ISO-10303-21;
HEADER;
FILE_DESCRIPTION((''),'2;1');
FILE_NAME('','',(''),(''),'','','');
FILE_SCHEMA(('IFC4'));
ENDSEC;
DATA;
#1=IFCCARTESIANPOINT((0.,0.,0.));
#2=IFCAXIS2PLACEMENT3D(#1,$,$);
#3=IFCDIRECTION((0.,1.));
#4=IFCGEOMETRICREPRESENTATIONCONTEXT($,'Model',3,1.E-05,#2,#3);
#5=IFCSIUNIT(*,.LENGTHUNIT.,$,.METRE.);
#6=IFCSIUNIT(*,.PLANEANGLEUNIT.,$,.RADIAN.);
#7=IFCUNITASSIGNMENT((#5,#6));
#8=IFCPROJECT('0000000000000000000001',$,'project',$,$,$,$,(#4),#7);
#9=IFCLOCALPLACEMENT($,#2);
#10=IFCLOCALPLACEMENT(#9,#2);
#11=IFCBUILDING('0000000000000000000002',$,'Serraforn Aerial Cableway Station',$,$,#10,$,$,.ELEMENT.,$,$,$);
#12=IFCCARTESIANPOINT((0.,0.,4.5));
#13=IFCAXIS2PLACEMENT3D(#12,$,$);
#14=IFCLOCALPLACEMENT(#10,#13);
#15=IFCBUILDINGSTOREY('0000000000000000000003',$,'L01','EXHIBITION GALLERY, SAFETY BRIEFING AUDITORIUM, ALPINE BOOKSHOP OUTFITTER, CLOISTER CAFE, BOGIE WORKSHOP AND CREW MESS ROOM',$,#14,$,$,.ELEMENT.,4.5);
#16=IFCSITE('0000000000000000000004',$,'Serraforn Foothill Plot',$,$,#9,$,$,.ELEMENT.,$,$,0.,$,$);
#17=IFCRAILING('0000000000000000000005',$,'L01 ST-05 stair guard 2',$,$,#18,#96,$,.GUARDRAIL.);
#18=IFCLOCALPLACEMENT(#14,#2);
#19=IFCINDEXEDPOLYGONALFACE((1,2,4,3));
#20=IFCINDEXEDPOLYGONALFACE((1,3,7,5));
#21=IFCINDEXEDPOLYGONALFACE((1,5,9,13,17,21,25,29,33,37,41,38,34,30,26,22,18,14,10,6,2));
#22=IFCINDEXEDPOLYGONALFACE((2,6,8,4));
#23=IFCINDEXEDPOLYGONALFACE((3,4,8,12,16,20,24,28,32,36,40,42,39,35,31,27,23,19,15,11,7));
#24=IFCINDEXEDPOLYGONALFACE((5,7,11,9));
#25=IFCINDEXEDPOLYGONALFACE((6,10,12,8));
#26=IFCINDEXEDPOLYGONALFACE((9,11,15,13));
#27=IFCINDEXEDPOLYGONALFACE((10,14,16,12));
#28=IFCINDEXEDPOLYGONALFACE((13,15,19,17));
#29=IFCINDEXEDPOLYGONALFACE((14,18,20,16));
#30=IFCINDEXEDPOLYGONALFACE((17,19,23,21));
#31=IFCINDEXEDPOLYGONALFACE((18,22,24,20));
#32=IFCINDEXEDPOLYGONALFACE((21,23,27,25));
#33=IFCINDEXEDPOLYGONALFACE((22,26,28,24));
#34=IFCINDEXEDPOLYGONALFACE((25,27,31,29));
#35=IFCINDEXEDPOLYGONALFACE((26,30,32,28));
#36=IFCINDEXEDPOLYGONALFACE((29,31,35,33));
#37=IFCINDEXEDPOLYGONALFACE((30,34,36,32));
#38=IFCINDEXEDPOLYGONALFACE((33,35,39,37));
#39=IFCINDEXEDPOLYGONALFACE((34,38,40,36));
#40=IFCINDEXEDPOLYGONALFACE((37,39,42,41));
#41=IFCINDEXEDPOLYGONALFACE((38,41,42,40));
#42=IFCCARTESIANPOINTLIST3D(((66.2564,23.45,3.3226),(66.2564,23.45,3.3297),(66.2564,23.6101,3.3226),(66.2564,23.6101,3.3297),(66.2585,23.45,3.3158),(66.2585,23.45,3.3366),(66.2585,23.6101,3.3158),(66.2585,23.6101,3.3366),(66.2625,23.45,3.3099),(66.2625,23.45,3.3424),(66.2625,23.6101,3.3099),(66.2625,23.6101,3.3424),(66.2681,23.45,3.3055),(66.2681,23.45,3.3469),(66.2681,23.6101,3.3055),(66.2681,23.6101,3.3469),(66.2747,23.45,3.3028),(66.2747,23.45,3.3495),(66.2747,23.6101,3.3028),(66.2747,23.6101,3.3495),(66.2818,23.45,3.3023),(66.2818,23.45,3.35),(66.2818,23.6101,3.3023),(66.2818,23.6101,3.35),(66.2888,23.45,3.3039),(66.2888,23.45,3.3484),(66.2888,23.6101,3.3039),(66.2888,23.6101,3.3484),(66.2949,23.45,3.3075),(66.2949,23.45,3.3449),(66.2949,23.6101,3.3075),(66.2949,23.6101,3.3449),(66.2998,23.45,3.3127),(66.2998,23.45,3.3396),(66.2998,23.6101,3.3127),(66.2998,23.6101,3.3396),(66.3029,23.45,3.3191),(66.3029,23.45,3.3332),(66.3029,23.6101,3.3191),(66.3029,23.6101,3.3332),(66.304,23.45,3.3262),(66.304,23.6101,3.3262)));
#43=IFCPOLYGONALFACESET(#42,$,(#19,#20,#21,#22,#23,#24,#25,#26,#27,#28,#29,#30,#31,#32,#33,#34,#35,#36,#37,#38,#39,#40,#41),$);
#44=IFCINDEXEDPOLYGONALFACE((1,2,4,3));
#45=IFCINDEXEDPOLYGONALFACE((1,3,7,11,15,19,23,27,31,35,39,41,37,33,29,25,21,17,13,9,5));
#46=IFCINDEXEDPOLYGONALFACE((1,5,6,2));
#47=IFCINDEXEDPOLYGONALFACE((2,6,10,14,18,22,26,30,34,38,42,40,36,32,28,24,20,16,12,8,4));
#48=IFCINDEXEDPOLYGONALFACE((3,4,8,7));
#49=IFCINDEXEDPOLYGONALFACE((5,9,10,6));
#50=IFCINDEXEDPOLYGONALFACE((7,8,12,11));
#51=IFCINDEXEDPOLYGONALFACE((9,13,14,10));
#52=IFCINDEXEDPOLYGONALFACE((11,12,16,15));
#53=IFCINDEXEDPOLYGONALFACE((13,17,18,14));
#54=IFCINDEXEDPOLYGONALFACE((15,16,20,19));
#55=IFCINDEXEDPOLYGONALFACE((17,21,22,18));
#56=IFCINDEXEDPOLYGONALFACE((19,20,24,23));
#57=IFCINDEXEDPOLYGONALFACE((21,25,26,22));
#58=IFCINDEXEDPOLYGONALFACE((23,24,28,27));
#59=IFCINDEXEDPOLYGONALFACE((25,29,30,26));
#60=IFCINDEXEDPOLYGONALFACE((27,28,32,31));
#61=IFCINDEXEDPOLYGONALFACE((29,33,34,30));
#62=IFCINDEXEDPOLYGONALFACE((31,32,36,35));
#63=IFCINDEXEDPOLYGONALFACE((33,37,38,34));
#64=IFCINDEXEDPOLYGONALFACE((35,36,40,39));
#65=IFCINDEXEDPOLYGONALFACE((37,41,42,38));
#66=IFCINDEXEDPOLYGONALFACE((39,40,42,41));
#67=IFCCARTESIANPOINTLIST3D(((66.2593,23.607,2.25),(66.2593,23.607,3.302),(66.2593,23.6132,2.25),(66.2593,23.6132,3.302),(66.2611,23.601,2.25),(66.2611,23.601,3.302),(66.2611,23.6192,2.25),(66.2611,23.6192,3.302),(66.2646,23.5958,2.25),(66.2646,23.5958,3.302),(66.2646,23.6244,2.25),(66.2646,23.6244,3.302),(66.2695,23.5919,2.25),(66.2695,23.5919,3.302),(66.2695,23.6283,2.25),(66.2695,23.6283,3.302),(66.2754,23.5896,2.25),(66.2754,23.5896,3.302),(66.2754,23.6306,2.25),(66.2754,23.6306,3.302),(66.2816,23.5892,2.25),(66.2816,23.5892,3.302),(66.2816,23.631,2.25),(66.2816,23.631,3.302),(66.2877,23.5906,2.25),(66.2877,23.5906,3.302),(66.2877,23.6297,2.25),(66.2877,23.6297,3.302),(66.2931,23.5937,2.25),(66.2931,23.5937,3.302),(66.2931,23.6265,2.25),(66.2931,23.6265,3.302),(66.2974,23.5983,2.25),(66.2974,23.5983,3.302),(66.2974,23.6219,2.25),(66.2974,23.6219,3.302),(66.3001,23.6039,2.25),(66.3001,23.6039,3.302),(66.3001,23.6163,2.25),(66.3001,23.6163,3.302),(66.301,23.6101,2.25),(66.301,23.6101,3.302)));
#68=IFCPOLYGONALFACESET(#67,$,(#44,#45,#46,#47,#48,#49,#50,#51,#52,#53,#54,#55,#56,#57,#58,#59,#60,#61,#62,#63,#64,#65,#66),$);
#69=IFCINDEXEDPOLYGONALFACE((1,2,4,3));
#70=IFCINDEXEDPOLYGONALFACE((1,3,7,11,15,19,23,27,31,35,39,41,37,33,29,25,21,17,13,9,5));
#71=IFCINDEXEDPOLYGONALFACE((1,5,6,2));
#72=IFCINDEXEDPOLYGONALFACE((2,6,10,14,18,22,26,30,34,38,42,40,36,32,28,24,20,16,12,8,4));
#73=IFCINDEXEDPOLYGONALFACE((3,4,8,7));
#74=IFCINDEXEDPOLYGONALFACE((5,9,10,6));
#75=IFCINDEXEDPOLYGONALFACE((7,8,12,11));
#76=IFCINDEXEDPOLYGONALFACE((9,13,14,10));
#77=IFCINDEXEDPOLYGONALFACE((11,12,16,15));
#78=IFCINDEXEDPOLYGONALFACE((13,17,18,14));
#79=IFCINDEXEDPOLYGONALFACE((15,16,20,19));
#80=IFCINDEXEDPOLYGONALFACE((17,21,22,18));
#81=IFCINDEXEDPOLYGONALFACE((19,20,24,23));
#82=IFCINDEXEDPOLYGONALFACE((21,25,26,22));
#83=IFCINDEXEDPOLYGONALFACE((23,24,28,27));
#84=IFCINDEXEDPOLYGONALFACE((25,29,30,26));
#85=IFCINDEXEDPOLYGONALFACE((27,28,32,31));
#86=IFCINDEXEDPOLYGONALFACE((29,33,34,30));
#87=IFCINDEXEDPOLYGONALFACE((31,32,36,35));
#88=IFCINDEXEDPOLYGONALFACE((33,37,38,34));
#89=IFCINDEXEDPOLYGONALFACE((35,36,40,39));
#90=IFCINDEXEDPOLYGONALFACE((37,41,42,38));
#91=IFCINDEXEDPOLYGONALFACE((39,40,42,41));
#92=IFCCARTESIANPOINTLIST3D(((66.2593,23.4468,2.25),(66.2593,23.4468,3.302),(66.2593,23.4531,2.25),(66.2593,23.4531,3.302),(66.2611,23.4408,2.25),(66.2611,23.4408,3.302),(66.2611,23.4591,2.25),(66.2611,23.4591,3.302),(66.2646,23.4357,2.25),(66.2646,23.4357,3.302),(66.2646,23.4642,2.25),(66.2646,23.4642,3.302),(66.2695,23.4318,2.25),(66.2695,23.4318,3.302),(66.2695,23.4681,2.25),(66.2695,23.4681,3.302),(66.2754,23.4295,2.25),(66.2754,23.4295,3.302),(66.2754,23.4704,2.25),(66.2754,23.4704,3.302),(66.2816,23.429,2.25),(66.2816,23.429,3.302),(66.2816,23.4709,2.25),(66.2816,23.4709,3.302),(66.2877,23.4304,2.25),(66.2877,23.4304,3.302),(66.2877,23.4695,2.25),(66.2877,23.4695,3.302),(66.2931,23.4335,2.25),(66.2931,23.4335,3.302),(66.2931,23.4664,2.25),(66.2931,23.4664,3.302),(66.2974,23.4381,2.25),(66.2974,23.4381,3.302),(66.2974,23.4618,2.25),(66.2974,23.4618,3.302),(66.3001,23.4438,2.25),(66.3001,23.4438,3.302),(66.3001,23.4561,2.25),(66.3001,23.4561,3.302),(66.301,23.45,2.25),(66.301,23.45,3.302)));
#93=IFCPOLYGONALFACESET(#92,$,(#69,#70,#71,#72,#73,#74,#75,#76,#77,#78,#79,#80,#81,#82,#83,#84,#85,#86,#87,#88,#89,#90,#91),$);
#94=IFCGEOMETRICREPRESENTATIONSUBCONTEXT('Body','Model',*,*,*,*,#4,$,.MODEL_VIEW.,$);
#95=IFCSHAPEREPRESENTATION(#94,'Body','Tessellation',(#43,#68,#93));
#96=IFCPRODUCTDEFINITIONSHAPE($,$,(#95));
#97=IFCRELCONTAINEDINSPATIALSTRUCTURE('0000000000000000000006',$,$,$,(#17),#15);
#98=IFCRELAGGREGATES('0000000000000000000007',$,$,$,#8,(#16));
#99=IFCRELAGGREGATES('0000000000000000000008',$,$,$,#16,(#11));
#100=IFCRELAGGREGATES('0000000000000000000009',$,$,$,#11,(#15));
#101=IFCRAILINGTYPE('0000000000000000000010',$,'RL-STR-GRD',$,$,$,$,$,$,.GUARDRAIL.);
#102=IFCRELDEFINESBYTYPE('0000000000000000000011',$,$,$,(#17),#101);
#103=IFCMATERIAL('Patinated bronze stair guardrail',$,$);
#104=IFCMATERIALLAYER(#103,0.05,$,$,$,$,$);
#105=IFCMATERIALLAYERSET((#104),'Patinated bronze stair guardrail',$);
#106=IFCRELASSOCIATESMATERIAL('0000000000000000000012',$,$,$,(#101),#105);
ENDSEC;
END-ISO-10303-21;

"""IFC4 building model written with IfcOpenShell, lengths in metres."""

from ifc_helpers import new_model, si_unit, direction, frame, origin, origin_2d, place, context, subcontext, project, spatial, circle, extrude, material, layer, layer_set, type_object, element, save


model = new_model("IFC4")

# Units and contexts
model_context = context("Model", 3, precision=1e-05, world=origin(), true_north=direction((0.0, 1.0)))
body_context = subcontext(model_context, "Body", "Model", "MODEL_VIEW")
ifc_project = project(units=[si_unit("LENGTHUNIT", "METRE"), si_unit("PLANEANGLEUNIT", "RADIAN")], contexts=[model_context])

# Site, building, storey
site_placement = place(None, origin())
site = spatial("IfcSite", under=ifc_project, at=site_placement, Name="Serraforn Foothill Plot", CompositionType="ELEMENT", RefElevation=0.0)
building_placement = place(site_placement, origin())
building = spatial("IfcBuilding", under=site, at=building_placement, Name="Serraforn Aerial Cableway Station", CompositionType="ELEMENT")
storey_placement = place(building_placement, frame((0.0, 0.0, 4.5)))
storey = spatial("IfcBuildingStorey", under=building, at=storey_placement, Name="L01", Description="EXHIBITION GALLERY, SAFETY BRIEFING AUDITORIUM, ALPINE BOOKSHOP OUTFITTER, CLOISTER CAFE, BOGIE WORKSHOP AND CREW MESS ROOM", CompositionType="ELEMENT", Elevation=4.5)

# Railing
ifc_material_1 = material(Name="Patinated bronze stair guardrail")
ifc_layer_1 = layer(ifc_material_1, 0.05)
ifc_layer_set_1 = layer_set([ifc_layer_1], Name="Patinated bronze stair guardrail")
railing_type_1 = type_object("IfcRailingType", Name="RL-STR-GRD", PredefinedType="GUARDRAIL", material=ifc_layer_set_1)
railing_1_placement = place(storey_placement, frame((66.28, 23.6101, 2.25)))
element("IfcRailing", 1, at=railing_1_placement, inside=storey, type_object=railing_type_1, Name="L01 ST-05 stair guard 2", PredefinedType="GUARDRAIL", context=body_context, shape_type="SweptSolid", body=[
    extrude(circle(Radius=0.0239, at=origin_2d()), frame((0.0, 0.0, 1.0762), z_axis=(0.0, -1.0, 0.0), x_axis=(1.0, 0.0, 0.0)), (0.0, 0.0, 1.0), 0.1602),
    extrude(circle(Radius=0.021, at=origin_2d()), origin(), (0.0, 0.0, 1.0), 1.052),
    extrude(circle(Radius=0.021, at=origin_2d()), frame((0.0, -0.1602, 0.0)), (0.0, 0.0, 1.0), 1.052),
])

save(model, "model.ifc")
